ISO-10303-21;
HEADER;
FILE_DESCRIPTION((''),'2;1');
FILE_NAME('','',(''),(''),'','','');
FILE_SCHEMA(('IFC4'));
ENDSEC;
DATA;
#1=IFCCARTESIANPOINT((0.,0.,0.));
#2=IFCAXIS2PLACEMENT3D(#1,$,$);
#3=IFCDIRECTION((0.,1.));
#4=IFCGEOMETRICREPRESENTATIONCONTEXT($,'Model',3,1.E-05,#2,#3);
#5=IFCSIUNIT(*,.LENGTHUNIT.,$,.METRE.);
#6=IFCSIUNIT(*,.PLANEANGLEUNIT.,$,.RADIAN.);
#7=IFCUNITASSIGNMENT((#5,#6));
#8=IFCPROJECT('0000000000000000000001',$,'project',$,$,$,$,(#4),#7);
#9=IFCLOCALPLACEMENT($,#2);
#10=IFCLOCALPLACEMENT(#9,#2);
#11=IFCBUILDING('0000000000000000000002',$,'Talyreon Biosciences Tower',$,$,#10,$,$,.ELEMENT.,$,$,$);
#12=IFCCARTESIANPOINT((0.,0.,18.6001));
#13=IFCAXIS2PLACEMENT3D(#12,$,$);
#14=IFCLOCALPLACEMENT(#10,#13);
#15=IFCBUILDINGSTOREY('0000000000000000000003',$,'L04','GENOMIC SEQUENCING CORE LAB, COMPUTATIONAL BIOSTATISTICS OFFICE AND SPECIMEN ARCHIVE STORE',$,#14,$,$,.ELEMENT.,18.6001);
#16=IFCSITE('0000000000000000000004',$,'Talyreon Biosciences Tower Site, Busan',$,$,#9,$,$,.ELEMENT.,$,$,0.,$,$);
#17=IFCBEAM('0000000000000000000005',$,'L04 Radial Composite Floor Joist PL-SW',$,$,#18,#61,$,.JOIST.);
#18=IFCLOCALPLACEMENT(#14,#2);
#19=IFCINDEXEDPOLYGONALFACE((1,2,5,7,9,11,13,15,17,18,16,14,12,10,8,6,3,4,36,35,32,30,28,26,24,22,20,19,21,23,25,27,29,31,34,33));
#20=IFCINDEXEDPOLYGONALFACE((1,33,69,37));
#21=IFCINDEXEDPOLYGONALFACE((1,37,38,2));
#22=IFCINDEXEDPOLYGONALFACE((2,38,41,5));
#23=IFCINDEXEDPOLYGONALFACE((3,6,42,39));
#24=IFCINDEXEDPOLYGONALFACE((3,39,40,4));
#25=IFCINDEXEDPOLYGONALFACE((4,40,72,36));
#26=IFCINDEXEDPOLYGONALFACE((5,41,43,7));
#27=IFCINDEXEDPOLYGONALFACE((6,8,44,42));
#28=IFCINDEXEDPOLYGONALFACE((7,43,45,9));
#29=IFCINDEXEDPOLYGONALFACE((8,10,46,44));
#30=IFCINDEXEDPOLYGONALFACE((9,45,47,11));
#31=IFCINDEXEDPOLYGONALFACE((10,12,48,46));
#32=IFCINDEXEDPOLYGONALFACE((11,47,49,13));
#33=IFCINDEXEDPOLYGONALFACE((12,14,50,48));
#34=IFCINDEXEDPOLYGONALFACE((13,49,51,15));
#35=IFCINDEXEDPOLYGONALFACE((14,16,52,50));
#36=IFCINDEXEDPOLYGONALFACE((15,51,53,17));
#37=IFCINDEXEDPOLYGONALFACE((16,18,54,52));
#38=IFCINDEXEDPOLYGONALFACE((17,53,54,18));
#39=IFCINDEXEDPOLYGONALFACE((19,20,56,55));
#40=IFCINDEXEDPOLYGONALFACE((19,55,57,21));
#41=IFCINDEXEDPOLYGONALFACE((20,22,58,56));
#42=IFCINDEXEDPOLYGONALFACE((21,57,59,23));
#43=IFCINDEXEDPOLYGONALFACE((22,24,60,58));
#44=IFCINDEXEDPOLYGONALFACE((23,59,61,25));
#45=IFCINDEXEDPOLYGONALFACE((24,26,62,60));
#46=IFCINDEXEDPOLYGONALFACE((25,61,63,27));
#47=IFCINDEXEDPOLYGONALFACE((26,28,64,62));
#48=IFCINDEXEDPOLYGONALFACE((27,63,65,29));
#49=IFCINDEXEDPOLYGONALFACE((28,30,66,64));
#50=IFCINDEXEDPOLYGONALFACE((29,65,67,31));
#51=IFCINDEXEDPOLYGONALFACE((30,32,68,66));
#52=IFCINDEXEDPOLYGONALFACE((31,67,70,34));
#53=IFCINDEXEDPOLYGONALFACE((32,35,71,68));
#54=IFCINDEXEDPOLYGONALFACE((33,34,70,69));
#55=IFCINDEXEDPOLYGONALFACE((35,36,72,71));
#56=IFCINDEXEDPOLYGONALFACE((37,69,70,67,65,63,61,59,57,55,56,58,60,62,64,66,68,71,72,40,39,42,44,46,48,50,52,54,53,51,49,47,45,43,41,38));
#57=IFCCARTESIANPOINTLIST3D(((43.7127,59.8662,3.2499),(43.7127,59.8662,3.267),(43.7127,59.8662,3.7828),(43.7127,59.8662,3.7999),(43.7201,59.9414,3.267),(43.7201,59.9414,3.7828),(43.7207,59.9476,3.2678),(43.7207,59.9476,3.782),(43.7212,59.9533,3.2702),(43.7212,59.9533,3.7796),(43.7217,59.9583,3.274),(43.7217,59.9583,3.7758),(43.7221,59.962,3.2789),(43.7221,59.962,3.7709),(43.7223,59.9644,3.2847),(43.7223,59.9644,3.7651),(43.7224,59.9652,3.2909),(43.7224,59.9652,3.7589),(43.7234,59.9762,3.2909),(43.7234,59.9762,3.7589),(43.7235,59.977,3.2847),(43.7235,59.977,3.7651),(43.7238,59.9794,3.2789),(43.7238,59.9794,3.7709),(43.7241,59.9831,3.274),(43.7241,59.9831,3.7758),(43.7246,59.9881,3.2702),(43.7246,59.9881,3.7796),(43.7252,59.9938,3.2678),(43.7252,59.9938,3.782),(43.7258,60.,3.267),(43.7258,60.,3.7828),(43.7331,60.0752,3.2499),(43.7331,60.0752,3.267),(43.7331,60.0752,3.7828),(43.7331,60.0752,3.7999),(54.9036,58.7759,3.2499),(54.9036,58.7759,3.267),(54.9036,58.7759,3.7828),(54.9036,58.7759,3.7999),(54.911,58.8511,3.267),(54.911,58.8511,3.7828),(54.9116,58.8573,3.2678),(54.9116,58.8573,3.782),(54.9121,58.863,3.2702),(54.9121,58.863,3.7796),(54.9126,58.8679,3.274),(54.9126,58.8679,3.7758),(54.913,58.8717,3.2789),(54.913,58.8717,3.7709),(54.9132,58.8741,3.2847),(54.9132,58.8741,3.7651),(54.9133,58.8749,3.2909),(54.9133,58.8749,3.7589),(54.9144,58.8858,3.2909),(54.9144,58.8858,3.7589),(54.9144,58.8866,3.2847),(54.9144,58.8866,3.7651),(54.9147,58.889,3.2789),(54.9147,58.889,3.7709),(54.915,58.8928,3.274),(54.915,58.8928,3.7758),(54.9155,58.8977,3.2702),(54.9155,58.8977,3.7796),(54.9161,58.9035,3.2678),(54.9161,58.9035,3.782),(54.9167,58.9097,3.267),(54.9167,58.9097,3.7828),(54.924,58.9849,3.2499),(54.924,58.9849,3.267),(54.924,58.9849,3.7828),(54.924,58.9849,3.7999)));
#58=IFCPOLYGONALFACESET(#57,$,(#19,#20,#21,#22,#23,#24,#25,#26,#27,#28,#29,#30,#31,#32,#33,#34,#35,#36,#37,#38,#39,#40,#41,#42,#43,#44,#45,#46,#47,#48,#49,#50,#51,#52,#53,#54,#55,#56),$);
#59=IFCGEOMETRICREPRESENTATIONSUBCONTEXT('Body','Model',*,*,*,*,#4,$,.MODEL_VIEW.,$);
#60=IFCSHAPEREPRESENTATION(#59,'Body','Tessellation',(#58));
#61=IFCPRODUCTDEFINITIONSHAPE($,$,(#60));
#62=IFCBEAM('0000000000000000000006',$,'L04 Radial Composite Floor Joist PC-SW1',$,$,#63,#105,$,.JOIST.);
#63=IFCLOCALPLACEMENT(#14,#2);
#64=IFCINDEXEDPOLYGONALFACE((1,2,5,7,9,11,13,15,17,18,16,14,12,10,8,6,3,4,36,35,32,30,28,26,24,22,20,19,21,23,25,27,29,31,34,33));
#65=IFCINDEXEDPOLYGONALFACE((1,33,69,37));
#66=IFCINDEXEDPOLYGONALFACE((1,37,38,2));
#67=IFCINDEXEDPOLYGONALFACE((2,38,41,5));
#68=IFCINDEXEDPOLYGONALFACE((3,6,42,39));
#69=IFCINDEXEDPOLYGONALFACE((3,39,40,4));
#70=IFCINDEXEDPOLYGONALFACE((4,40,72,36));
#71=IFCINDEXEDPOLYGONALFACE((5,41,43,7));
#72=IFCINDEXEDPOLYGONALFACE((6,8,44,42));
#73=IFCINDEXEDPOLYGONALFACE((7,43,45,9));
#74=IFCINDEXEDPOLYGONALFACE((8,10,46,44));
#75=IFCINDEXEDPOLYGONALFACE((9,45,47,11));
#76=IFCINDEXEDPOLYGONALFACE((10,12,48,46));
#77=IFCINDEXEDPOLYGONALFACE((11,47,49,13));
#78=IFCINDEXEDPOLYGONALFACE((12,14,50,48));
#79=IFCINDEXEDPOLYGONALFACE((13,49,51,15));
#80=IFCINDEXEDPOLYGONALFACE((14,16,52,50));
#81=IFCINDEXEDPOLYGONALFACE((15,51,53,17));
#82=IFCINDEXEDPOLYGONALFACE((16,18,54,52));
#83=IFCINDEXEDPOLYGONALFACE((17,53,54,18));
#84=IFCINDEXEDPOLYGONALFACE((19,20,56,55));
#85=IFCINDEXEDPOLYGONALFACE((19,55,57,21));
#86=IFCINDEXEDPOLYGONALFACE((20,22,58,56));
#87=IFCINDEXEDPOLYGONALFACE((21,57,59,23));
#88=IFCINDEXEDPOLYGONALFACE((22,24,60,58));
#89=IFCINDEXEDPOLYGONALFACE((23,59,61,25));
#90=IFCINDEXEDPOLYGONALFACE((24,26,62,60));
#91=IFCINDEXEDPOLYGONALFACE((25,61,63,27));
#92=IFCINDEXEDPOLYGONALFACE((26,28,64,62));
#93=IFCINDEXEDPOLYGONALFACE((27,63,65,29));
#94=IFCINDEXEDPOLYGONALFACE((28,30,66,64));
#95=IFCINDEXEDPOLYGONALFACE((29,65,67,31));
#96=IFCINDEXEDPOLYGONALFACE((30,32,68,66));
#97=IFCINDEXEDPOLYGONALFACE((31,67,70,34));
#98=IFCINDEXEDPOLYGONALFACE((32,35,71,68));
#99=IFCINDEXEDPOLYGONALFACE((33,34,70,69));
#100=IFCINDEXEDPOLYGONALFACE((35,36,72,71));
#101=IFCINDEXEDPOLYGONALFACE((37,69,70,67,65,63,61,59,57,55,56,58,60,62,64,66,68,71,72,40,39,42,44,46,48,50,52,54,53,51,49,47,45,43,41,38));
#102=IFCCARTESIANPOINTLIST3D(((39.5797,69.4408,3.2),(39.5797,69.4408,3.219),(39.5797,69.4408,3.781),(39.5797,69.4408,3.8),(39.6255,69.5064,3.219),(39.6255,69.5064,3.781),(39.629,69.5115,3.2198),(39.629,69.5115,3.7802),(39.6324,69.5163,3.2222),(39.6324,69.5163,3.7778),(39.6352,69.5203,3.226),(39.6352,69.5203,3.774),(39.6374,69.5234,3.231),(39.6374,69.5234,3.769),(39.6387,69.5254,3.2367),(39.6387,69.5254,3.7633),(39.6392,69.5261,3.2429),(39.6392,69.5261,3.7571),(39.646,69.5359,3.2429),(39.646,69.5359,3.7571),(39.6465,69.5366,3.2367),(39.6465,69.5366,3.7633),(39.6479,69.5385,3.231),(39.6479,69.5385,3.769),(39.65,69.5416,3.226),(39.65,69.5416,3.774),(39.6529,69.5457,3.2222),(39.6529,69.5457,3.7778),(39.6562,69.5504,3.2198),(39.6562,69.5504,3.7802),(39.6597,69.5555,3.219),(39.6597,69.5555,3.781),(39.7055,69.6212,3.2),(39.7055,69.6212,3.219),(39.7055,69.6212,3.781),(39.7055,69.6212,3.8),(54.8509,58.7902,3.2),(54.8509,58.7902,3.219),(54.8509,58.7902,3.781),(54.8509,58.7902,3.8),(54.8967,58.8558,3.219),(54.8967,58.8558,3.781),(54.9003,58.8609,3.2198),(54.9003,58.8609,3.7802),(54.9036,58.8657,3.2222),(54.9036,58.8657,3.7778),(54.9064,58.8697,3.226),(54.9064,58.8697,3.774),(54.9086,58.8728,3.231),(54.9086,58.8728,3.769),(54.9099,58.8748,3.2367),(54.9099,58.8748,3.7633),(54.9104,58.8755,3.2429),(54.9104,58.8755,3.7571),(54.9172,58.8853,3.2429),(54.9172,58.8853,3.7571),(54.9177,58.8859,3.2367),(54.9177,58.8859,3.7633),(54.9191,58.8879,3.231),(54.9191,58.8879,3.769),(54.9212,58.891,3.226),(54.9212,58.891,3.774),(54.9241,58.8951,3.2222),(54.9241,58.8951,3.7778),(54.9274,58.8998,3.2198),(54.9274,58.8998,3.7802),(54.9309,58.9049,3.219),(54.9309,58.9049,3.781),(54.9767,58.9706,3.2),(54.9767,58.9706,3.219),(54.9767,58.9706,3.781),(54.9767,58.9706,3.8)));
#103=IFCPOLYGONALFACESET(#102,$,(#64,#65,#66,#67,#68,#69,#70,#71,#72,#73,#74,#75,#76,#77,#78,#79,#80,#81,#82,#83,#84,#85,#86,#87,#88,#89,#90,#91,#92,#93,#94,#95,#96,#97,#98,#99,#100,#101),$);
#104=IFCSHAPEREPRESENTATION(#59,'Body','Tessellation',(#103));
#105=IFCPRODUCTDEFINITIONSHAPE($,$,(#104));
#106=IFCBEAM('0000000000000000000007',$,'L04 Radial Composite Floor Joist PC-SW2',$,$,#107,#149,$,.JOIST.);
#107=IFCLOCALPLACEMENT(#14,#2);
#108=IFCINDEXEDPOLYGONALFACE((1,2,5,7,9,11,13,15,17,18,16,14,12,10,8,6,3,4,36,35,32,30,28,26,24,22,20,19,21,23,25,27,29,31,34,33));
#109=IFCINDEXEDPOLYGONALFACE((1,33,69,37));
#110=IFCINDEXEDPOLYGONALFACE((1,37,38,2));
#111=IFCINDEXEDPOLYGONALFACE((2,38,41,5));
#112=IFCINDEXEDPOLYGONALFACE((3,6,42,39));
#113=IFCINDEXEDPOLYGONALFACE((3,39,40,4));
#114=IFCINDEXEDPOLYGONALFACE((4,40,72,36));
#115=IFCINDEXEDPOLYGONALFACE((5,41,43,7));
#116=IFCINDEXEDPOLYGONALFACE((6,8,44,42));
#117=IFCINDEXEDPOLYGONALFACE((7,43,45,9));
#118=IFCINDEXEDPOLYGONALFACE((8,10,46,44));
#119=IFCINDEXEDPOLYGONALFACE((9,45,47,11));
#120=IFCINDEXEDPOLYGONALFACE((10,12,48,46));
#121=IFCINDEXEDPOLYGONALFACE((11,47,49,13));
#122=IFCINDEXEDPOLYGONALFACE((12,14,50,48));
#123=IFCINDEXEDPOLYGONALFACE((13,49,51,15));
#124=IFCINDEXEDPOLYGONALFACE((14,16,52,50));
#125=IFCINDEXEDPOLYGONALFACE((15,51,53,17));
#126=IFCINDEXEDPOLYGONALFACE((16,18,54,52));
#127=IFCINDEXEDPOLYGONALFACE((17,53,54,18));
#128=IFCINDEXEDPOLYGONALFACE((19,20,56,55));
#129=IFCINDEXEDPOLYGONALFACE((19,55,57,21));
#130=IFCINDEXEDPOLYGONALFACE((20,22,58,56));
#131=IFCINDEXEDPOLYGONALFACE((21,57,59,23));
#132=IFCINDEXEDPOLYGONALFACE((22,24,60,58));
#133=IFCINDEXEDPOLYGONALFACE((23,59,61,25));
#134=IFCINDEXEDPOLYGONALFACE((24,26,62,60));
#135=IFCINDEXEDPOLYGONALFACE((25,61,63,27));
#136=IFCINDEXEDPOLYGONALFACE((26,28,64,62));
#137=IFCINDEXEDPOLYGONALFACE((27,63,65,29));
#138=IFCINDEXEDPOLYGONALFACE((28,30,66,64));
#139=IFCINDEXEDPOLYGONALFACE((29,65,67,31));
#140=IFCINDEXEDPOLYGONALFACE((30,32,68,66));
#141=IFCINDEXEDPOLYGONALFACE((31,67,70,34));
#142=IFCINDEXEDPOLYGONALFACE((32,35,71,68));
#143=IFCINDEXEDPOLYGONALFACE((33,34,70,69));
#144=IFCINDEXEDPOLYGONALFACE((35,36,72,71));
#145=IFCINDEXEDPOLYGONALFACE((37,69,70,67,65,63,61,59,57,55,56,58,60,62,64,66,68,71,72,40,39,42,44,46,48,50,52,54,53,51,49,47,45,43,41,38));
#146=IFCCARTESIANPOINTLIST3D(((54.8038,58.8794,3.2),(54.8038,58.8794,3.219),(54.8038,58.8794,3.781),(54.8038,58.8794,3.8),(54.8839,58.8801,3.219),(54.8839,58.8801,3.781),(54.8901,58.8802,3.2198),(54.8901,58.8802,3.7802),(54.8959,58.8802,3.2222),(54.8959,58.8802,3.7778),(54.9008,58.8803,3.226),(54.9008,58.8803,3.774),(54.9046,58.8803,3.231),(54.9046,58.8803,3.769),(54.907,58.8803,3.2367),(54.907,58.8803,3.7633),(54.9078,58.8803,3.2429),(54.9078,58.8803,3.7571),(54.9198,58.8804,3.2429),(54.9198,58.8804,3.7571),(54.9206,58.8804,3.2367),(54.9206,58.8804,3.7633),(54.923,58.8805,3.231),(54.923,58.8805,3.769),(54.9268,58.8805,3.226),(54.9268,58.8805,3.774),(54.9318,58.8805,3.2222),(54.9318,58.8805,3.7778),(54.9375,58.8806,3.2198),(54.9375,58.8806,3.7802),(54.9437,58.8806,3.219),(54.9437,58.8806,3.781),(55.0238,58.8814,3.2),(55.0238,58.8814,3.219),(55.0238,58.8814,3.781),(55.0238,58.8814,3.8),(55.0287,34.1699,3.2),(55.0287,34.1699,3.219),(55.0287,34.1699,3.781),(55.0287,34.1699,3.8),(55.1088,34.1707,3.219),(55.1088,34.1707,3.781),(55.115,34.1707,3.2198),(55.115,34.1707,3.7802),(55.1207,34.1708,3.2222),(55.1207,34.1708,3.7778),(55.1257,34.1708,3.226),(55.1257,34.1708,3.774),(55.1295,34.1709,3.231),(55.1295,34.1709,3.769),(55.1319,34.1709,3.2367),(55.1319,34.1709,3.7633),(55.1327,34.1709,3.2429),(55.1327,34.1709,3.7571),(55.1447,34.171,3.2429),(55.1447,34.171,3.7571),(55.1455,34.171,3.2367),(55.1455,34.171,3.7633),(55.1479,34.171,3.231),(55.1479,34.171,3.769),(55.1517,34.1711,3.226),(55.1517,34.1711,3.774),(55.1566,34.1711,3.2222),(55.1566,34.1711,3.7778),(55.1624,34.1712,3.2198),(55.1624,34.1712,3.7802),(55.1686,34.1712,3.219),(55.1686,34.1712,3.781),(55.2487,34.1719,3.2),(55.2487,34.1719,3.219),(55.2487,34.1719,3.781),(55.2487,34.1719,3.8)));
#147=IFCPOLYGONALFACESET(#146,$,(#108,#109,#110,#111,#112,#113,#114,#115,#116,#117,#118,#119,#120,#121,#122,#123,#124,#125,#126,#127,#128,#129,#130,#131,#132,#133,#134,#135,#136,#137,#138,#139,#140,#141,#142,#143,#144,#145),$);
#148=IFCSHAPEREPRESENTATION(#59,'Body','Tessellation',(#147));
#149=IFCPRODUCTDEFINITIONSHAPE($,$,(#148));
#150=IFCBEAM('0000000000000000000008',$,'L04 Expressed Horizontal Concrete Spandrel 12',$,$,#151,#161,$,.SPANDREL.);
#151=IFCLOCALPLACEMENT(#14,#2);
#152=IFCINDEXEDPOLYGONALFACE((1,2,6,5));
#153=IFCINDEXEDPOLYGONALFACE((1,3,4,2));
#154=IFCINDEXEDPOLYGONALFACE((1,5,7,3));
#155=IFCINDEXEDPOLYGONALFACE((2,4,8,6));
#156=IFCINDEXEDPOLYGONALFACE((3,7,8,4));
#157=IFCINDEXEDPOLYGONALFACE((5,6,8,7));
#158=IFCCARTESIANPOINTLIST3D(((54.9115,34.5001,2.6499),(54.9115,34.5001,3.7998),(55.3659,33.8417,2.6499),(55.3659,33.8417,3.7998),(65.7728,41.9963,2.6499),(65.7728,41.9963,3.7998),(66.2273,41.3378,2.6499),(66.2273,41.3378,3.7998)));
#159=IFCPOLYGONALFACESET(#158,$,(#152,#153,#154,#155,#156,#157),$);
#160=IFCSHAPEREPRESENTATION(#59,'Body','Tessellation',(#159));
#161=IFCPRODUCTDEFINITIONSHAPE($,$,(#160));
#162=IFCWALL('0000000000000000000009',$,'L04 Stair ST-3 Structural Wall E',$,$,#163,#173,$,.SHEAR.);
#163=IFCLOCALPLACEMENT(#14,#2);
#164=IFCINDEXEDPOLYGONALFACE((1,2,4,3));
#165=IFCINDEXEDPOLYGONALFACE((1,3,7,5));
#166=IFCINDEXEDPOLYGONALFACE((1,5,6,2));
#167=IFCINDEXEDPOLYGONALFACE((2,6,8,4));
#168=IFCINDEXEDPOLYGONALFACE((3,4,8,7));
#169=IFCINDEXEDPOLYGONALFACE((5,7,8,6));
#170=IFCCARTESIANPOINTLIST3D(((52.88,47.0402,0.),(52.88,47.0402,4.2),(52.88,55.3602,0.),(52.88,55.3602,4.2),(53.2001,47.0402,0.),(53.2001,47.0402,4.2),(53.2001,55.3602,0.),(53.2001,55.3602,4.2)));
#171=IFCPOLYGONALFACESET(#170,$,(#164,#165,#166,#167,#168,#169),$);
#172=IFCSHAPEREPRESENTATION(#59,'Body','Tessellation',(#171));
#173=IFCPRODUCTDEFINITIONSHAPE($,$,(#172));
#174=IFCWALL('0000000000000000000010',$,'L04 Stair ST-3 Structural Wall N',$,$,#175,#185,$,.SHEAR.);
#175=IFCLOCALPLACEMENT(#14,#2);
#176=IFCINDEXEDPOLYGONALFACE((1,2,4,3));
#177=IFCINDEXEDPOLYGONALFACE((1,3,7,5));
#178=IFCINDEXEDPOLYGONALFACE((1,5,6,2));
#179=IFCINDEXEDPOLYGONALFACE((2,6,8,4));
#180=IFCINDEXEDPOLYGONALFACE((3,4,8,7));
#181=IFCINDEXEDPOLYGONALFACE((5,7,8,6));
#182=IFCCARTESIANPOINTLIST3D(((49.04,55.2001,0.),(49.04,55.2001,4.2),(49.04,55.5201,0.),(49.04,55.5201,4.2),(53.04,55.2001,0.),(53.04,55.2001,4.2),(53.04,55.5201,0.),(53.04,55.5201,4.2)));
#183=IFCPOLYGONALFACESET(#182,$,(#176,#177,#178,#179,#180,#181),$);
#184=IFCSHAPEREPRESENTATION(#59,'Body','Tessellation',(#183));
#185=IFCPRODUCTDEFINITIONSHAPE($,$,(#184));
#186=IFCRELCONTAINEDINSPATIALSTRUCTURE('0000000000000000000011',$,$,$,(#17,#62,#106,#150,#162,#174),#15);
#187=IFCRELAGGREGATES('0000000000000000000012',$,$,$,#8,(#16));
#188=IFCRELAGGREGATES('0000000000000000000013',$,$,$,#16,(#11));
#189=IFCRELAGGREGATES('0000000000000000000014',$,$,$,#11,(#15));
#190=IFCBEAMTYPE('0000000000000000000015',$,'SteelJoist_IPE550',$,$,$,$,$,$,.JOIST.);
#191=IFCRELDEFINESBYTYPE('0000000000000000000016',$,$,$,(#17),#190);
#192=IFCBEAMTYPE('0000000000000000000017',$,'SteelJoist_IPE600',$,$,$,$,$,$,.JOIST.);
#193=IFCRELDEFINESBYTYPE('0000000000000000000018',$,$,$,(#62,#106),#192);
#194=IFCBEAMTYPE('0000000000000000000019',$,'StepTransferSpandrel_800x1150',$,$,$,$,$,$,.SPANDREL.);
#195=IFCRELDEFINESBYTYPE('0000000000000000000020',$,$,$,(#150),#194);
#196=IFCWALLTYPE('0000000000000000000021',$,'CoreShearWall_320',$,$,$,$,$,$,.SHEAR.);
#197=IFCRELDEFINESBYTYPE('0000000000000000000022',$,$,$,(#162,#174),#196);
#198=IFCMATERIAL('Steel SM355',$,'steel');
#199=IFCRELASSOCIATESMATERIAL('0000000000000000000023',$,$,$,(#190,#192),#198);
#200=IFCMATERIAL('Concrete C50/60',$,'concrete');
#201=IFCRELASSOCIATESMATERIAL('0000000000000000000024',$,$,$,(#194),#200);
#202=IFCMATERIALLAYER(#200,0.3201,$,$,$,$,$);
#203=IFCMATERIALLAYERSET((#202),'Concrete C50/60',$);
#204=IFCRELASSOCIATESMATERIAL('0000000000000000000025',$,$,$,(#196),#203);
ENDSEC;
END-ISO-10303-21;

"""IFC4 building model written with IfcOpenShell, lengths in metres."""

from ifc_helpers import new_model, si_unit, direction, frame, frame_2d, origin, origin_2d, place, context, subcontext, project, spatial, rectangle, i_section, extrude, material, layer, layer_set, material_profile, profile_set, type_object, element, save


model = new_model("IFC4")

# Units and contexts
model_context = context("Model", 3, precision=1e-05, world=origin(), true_north=direction((0.0, 1.0)))
body_context = subcontext(model_context, "Body", "Model", "MODEL_VIEW")
ifc_project = project(units=[si_unit("LENGTHUNIT", "METRE"), si_unit("PLANEANGLEUNIT", "RADIAN")], contexts=[model_context])

# Site, building, storey
site_placement = place(None, origin())
site = spatial("IfcSite", under=ifc_project, at=site_placement, Name="Talyreon Biosciences Tower Site, Busan", CompositionType="ELEMENT", RefElevation=0.0)
building_placement = place(site_placement, origin())
building = spatial("IfcBuilding", under=site, at=building_placement, Name="Talyreon Biosciences Tower", CompositionType="ELEMENT")
storey_placement = place(building_placement, frame((0.0, 0.0, 18.6001)))
storey = spatial("IfcBuildingStorey", under=building, at=storey_placement, Name="L04", Description="GENOMIC SEQUENCING CORE LAB, COMPUTATIONAL BIOSTATISTICS OFFICE AND SPECIMEN ARCHIVE STORE", CompositionType="ELEMENT", Elevation=18.6001)

# Beams
ifc_material_1 = material(Name="Steel SM355", Category="steel")
ifc_material_profile_1 = material_profile(ifc_material_1, i_section(OverallWidth=0.21, OverallDepth=0.55, WebThickness=0.011, FlangeThickness=0.0171, FilletRadius=0.0239, at=origin_2d()), Name="IPE550")
ifc_profile_set_1 = profile_set([ifc_material_profile_1], Name="Steel SM355")
beam_type_1 = type_object("IfcBeamType", Name="SteelJoist_IPE550", PredefinedType="JOIST", material=ifc_profile_set_1)
beam_1_placement = place(storey_placement, frame((54.9138, 58.8804, 3.5249), z_axis=(-0.995287, 0.096971, 0.0), x_axis=(-0.096971, -0.995287, 0.0)))
element("IfcBeam", 1, at=beam_1_placement, inside=storey, type_object=beam_type_1, Name="L04 Radial Composite Floor Joist PL-SW", PredefinedType="JOIST", context=body_context, shape_type="SweptSolid", body=[
    extrude(i_section(OverallWidth=0.21, OverallDepth=0.55, WebThickness=0.011, FlangeThickness=0.0171, FilletRadius=0.0239, at=origin_2d()), origin(), (0.0, 0.0, 1.0), 11.2439),
])
ifc_material_profile_2 = material_profile(ifc_material_1, i_section(OverallWidth=0.22, OverallDepth=0.6001, WebThickness=0.012, FlangeThickness=0.019, FilletRadius=0.0239, at=origin_2d()), Name="IPE600")
ifc_profile_set_2 = profile_set([ifc_material_profile_2], Name="Steel SM355")
beam_type_2 = type_object("IfcBeamType", Name="SteelJoist_IPE600", PredefinedType="JOIST", material=ifc_profile_set_2)
beam_2_placement = place(storey_placement, frame((54.9138, 58.8804, 3.5), z_axis=(-0.820221, 0.572047, 0.0), x_axis=(-0.572047, -0.820221, 0.0)))
element("IfcBeam", 2, at=beam_2_placement, inside=storey, type_object=beam_type_2, Name="L04 Radial Composite Floor Joist PC-SW1", PredefinedType="JOIST", context=body_context, shape_type="SweptSolid", body=[
    extrude(i_section(OverallWidth=0.22, OverallDepth=0.6001, WebThickness=0.012, FlangeThickness=0.019, FilletRadius=0.0239, at=origin_2d()), origin(), (0.0, 0.0, 1.0), 18.6184),
])
beam_3_placement = place(storey_placement, frame((54.9138, 58.8804, 3.5), z_axis=(0.0091, -0.999959, 0.0), x_axis=(0.999959, 0.0091, 0.0)))
element("IfcBeam", 3, at=beam_3_placement, inside=storey, type_object=beam_type_2, Name="L04 Radial Composite Floor Joist PC-SW2", PredefinedType="JOIST", context=body_context, shape_type="SweptSolid", body=[
    extrude(i_section(OverallWidth=0.22, OverallDepth=0.6001, WebThickness=0.012, FlangeThickness=0.019, FilletRadius=0.0239, at=origin_2d()), origin(), (0.0, 0.0, 1.0), 24.7104),
])
ifc_material_2 = material(Name="Concrete C50/60", Category="concrete")
ifc_material_profile_3 = material_profile(ifc_material_2, rectangle(XDim=0.8, YDim=1.1499, at=origin_2d()), Name="RCB 800x1150")
ifc_profile_set_3 = profile_set([ifc_material_profile_3], Name="Concrete C50/60")
beam_type_3 = type_object("IfcBeamType", Name="StepTransferSpandrel_800x1150", PredefinedType="SPANDREL", material=ifc_profile_set_3)
beam_4_placement = place(storey_placement, frame((55.1387, 34.1709, 3.2249), z_axis=(0.823017, 0.568017, 0.0), x_axis=(-0.568017, 0.823017, 0.0)))
element("IfcBeam", 4, at=beam_4_placement, inside=storey, type_object=beam_type_3, Name="L04 Expressed Horizontal Concrete Spandrel 12", PredefinedType="SPANDREL", context=body_context, shape_type="SweptSolid", body=[
    extrude(rectangle(XDim=0.8, YDim=1.1499, at=origin_2d()), origin(), (0.0, 0.0, 1.0), 13.197),
])

# Walls
ifc_layer_1 = layer(ifc_material_2, 0.3201)
ifc_layer_set_1 = layer_set([ifc_layer_1], Name="Concrete C50/60")
wall_type_1 = type_object("IfcWallType", Name="CoreShearWall_320", PredefinedType="SHEAR", material=ifc_layer_set_1)
wall_1_placement = place(storey_placement, frame((53.04, 47.04, 0.0), z_axis=(0.0, 0.0, 1.0), x_axis=(0.0, 1.0, 0.0)))
element("IfcWall", 5, at=wall_1_placement, inside=storey, type_object=wall_type_1, Name="L04 Stair ST-3 Structural Wall E", PredefinedType="SHEAR", context=body_context, shape_type="SweptSolid", body=[
    extrude(rectangle(XDim=8.3201, YDim=0.3201, at=frame_2d((4.1602, 0.0))), origin(), (0.0, 0.0, 1.0), 4.2),
])
wall_2_placement = place(storey_placement, frame((49.04, 55.3601, 0.0), z_axis=(0.0, 0.0, 1.0), x_axis=(1.0, 0.0, 0.0)))
element("IfcWall", 6, at=wall_2_placement, inside=storey, type_object=wall_type_1, Name="L04 Stair ST-3 Structural Wall N", PredefinedType="SHEAR", context=body_context, shape_type="SweptSolid", body=[
    extrude(rectangle(XDim=4.0, YDim=0.3201, at=frame_2d((2.0, 0.0))), origin(), (0.0, 0.0, 1.0), 4.2),
])

save(model, "model.ifc")
